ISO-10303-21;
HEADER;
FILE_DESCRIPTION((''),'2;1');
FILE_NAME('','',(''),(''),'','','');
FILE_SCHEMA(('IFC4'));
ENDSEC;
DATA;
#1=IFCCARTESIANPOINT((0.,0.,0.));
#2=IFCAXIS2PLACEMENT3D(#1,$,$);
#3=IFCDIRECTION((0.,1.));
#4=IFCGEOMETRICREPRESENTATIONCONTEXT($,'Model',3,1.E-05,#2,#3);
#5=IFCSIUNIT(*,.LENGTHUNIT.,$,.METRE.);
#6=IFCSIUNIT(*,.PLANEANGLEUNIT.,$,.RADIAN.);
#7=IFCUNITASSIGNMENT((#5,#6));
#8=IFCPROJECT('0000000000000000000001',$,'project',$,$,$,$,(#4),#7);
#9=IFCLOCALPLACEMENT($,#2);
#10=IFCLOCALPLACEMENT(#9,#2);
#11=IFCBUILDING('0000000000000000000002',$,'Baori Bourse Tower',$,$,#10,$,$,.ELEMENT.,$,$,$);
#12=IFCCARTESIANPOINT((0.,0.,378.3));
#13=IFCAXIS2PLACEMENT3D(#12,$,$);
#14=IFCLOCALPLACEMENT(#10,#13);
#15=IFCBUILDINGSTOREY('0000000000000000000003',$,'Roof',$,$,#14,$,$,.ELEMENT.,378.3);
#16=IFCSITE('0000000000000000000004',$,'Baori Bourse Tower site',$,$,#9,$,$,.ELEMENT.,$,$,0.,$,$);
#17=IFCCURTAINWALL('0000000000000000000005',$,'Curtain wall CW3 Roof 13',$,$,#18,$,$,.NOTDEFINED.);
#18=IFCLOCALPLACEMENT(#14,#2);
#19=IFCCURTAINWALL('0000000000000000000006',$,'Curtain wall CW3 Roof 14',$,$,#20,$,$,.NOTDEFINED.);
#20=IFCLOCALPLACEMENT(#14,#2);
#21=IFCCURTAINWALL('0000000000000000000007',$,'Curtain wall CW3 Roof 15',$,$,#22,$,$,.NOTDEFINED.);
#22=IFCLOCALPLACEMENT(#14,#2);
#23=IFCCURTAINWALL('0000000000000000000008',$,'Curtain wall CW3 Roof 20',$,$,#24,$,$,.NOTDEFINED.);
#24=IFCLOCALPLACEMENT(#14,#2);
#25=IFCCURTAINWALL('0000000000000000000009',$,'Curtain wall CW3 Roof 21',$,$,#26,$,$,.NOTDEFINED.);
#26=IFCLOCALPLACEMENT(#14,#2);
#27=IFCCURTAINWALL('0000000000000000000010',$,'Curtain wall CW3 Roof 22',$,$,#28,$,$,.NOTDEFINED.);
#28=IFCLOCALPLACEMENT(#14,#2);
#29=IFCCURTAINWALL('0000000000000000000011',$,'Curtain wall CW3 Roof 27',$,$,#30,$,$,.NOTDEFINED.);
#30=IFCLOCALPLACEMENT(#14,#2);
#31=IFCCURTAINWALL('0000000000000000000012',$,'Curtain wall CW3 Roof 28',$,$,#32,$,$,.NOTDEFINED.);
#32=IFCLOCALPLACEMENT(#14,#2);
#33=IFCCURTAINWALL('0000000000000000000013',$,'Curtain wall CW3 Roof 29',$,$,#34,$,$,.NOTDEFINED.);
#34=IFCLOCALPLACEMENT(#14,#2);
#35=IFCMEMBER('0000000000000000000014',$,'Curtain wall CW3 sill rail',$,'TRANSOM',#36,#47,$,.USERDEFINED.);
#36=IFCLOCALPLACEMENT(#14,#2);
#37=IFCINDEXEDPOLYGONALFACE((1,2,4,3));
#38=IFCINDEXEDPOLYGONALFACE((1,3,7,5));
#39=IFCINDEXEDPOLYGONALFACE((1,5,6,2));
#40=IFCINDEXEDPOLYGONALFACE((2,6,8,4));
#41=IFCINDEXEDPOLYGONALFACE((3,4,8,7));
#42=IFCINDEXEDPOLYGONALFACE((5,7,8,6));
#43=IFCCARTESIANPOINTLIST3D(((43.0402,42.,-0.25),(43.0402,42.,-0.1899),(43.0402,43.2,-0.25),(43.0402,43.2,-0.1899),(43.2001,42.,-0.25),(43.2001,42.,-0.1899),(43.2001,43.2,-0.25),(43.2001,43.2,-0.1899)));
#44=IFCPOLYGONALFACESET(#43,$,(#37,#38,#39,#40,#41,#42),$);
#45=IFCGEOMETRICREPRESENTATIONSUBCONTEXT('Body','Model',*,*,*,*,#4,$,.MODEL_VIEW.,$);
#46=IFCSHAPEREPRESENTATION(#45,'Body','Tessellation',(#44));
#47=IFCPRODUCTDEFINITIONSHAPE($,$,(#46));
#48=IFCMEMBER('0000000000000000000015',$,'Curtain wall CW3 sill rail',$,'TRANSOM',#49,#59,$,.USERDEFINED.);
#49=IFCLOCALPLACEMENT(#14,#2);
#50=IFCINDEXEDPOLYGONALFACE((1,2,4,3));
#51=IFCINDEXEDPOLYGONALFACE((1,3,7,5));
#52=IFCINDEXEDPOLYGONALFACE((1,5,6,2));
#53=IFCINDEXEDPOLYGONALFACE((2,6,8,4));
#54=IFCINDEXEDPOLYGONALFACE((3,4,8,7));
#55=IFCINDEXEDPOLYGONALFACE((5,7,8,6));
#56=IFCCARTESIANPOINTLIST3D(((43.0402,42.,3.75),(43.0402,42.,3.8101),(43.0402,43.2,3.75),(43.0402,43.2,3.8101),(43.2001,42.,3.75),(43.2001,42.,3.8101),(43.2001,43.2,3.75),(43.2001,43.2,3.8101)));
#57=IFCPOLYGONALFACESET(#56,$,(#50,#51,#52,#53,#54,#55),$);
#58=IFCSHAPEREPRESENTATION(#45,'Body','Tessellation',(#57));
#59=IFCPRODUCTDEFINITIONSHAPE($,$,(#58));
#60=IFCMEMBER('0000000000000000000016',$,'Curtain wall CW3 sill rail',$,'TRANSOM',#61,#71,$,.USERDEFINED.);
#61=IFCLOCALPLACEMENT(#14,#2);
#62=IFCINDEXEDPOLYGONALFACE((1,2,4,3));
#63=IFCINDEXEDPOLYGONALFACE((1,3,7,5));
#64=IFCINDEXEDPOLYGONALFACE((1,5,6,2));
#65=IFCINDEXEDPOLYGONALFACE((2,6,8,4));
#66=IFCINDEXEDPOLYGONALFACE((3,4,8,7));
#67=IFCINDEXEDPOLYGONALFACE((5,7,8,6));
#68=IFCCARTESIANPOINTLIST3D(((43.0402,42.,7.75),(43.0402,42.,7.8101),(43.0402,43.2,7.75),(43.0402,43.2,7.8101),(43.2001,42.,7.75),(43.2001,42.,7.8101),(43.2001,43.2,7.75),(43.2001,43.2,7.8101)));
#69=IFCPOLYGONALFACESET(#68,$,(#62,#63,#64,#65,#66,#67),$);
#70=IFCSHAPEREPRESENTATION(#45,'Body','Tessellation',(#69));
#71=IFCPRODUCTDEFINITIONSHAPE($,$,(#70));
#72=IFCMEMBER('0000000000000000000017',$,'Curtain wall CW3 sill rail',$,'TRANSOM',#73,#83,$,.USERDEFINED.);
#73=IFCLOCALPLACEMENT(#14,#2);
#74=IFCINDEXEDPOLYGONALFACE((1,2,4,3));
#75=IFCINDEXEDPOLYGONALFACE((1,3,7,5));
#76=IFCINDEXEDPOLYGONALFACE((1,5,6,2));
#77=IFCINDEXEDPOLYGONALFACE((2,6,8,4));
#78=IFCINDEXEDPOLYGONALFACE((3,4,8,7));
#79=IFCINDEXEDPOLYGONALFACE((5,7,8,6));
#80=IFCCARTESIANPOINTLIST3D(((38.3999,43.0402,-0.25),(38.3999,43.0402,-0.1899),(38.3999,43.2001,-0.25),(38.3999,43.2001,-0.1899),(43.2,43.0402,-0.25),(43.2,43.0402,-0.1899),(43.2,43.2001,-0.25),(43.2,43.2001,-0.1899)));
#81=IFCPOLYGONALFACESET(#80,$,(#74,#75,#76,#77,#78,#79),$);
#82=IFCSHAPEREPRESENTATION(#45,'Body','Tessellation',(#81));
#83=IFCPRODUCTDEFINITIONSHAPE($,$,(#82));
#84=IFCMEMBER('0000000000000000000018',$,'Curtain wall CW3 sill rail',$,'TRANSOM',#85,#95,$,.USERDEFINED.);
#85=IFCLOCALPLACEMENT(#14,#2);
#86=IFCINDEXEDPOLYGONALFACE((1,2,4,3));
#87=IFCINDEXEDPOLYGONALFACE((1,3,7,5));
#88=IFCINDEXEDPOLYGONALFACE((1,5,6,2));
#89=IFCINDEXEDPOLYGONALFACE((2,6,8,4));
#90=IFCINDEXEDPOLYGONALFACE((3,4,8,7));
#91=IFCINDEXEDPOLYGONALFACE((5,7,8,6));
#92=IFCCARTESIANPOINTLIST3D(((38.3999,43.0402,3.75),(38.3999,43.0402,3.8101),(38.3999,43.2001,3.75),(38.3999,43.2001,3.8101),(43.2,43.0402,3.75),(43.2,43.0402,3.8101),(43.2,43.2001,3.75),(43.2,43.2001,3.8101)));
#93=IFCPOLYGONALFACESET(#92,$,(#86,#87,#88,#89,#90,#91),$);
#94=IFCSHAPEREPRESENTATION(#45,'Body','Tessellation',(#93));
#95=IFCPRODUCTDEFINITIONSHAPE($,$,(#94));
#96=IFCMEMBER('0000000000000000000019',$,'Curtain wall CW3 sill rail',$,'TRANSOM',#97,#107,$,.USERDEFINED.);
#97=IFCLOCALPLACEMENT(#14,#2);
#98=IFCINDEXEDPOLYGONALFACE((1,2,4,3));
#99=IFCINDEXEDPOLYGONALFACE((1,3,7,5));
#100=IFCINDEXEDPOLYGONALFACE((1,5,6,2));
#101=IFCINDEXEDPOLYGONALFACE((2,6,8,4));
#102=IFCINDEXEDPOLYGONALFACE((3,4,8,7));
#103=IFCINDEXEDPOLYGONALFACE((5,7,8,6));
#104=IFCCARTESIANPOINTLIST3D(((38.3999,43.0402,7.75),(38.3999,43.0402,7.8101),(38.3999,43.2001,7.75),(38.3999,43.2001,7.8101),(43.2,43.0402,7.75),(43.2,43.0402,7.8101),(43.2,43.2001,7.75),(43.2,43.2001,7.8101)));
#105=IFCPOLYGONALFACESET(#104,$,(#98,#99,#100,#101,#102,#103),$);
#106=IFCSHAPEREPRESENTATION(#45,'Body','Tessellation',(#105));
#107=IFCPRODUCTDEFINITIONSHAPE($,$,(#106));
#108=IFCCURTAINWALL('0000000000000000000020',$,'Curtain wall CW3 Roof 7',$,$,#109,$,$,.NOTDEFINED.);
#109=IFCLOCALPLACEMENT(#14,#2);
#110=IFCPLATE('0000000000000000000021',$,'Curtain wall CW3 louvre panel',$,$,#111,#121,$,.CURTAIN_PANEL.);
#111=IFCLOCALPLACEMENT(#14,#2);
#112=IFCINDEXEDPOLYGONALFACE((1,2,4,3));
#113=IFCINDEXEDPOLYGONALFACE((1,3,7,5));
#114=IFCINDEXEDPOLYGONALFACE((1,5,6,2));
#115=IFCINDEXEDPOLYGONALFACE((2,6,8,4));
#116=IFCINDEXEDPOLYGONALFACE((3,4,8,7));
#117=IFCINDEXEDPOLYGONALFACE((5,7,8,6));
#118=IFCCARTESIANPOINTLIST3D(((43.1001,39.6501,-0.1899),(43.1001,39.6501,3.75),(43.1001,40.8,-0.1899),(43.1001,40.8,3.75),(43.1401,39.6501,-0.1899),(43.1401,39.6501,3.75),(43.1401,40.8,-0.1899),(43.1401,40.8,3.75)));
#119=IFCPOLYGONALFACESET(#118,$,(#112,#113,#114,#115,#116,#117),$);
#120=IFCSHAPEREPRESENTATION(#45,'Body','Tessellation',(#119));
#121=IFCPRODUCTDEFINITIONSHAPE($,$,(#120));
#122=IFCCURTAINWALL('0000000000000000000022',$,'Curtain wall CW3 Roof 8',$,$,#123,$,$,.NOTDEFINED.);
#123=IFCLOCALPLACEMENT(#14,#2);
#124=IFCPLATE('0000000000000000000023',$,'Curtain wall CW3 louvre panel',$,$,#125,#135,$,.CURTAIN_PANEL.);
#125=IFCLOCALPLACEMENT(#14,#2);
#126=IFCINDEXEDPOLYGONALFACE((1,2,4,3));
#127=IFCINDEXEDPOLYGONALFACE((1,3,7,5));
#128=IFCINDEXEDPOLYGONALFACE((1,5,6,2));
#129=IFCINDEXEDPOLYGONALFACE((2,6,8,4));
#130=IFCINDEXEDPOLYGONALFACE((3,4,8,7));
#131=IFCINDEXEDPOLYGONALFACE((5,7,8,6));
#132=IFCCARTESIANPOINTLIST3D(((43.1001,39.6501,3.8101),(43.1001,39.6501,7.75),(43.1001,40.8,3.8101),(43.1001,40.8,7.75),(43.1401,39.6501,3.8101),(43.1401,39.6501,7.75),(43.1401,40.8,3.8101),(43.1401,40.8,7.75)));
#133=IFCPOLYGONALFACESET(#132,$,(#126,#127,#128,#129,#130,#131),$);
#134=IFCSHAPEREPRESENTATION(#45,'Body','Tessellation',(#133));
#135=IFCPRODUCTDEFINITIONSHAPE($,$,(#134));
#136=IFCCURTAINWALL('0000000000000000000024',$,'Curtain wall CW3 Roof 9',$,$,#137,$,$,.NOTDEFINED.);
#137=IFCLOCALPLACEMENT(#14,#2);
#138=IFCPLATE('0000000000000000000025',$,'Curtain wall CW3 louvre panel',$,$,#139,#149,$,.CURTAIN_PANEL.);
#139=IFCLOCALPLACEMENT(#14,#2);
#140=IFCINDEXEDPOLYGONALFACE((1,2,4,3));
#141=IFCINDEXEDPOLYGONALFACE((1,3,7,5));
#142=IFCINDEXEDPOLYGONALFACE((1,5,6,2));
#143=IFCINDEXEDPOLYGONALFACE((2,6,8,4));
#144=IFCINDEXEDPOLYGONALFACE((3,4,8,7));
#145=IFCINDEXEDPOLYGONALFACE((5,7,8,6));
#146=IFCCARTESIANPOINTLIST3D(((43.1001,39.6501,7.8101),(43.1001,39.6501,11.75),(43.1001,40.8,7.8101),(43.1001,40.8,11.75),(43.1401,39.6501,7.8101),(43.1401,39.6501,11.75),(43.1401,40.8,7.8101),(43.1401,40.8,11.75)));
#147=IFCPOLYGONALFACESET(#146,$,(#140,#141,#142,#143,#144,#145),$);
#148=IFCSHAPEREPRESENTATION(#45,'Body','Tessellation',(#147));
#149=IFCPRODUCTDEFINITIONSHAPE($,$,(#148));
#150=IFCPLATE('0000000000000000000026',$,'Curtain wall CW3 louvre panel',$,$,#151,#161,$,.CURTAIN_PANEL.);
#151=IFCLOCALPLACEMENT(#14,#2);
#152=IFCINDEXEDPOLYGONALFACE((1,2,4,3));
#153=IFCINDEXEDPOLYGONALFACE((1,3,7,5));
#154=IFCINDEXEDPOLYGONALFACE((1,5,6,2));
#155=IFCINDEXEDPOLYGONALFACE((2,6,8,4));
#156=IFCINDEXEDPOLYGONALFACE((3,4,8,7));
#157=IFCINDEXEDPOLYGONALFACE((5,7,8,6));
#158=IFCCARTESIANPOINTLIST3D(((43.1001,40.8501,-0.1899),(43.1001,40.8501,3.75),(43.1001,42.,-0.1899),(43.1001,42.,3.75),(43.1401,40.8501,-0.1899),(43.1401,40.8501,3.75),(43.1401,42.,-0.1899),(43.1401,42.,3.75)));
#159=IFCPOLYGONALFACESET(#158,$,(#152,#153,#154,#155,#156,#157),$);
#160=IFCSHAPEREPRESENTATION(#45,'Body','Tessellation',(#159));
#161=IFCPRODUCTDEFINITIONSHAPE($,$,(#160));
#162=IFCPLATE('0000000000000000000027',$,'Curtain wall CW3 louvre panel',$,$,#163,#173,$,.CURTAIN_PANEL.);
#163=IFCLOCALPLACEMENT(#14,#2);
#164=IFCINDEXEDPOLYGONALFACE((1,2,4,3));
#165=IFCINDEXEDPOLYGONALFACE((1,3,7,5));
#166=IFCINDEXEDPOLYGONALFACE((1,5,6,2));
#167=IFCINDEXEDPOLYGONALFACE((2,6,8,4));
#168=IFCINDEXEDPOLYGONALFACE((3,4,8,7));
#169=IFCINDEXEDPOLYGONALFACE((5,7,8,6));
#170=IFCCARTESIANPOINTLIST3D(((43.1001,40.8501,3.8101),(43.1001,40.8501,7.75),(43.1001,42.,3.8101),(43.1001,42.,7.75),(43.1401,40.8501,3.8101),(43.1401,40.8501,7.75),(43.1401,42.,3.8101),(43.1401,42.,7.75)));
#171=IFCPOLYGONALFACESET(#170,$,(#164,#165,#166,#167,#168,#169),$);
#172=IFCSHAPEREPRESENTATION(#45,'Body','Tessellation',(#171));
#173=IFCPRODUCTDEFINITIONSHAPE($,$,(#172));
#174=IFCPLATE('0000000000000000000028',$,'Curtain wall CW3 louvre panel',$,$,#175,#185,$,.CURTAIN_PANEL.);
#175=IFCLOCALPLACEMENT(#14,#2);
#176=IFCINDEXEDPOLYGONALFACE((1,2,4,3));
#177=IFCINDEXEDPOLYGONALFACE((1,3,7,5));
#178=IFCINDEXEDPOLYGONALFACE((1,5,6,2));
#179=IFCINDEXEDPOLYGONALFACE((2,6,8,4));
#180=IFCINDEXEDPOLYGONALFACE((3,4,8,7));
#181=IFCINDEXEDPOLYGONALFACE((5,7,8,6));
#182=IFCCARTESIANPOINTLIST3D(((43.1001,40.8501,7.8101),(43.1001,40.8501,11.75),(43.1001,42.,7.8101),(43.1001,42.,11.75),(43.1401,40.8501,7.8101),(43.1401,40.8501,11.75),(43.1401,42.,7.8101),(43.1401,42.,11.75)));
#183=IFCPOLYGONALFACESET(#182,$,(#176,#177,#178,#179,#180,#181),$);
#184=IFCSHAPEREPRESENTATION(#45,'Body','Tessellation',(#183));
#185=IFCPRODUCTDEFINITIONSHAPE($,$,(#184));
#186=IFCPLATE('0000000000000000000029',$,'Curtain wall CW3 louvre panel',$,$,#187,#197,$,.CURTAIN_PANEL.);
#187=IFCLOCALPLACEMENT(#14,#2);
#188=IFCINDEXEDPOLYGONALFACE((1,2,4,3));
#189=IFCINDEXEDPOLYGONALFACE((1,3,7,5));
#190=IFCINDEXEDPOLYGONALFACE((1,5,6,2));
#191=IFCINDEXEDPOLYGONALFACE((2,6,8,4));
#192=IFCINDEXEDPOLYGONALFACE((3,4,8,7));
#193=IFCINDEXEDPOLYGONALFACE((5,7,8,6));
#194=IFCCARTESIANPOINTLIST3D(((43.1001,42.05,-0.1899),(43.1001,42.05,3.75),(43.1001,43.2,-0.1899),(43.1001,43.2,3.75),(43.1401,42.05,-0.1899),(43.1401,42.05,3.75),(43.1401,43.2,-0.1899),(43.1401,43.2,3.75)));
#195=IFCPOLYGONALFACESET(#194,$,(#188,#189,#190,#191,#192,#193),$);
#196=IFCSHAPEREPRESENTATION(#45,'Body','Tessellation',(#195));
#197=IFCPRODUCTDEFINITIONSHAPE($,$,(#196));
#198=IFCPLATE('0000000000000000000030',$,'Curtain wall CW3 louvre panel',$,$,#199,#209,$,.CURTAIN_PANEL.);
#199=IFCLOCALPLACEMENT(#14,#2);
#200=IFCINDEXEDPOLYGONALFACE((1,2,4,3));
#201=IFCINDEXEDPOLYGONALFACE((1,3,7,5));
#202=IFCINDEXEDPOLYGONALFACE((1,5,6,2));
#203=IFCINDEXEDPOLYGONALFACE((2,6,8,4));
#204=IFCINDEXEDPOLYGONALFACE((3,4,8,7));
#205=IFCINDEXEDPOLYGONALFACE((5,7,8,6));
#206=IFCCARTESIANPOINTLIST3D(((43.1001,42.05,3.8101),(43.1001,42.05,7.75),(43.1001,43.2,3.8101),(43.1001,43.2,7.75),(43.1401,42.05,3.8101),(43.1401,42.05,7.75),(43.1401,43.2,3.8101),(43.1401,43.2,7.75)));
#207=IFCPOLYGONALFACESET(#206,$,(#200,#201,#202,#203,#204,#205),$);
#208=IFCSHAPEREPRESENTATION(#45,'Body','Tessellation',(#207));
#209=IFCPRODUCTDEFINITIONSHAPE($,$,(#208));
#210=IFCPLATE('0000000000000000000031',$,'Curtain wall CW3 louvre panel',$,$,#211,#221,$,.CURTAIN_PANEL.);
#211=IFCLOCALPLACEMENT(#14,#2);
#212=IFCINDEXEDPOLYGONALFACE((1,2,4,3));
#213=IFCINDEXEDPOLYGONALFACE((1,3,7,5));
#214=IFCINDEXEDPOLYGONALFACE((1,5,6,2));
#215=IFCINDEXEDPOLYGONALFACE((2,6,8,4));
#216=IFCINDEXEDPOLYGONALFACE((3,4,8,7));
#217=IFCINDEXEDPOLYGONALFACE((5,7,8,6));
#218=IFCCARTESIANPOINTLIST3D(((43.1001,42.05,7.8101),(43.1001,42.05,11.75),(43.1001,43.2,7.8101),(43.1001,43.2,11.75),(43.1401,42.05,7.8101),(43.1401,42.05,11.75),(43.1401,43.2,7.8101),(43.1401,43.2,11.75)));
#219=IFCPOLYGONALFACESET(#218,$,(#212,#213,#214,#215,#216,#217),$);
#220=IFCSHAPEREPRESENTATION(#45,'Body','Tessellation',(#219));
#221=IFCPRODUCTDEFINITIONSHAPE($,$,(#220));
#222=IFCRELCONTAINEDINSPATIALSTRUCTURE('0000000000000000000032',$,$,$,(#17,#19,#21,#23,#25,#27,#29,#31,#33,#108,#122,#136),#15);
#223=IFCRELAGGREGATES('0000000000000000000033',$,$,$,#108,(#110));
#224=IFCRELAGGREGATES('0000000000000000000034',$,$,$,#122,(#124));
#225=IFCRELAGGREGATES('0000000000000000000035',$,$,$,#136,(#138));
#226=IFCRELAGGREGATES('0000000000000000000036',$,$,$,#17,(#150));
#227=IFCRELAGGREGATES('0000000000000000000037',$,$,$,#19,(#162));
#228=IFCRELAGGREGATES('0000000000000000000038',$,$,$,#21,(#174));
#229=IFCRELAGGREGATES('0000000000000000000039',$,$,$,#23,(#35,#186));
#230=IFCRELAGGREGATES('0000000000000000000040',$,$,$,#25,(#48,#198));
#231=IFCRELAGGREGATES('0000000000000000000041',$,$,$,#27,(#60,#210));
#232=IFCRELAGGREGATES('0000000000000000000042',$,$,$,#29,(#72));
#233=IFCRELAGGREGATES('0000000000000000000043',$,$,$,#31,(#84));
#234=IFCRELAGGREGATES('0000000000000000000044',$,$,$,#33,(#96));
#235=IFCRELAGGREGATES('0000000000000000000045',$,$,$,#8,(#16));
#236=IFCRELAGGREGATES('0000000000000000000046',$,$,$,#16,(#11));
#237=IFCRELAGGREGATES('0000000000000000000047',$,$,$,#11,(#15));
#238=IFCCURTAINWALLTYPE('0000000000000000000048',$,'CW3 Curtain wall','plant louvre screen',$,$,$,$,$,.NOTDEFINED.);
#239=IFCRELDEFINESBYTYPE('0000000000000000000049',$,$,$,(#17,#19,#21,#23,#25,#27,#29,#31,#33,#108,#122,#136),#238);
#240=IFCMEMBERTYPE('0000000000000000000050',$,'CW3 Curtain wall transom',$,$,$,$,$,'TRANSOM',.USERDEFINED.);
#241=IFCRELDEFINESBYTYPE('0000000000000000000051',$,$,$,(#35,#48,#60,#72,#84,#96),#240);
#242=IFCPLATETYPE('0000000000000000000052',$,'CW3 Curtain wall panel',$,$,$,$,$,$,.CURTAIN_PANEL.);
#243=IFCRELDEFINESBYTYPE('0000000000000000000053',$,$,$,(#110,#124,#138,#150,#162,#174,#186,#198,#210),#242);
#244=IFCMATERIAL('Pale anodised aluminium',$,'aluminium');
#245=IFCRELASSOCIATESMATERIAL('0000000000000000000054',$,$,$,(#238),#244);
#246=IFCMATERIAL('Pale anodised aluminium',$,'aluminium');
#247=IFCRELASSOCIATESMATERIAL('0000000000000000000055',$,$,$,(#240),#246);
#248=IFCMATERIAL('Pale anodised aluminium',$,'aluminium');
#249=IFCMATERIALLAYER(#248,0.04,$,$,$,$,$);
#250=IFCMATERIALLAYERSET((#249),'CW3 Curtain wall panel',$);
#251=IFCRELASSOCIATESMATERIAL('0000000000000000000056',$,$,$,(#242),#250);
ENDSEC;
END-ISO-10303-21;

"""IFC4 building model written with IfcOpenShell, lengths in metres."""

from ifc_helpers import new_model, si_unit, direction, frame, origin, origin_2d, place, context, subcontext, project, spatial, rectangle, extrude, material, layer, layer_set, material_profile, profile_set, type_object, element, aggregate, save


model = new_model("IFC4")

# Units and contexts
model_context = context("Model", 3, precision=1e-05, world=origin(), true_north=direction((0.0, 1.0)))
body_context = subcontext(model_context, "Body", "Model", "MODEL_VIEW")
ifc_project = project(units=[si_unit("LENGTHUNIT", "METRE"), si_unit("PLANEANGLEUNIT", "RADIAN")], contexts=[model_context])

# Site, building, storey
site_placement = place(None, origin())
site = spatial("IfcSite", under=ifc_project, at=site_placement, Name="Baori Bourse Tower site", CompositionType="ELEMENT", RefElevation=0.0)
building_placement = place(site_placement, origin())
building = spatial("IfcBuilding", under=site, at=building_placement, Name="Baori Bourse Tower", CompositionType="ELEMENT")
storey_placement = place(building_placement, frame((0.0, 0.0, 378.3)))
storey = spatial("IfcBuildingStorey", under=building, at=storey_placement, Name="Roof", CompositionType="ELEMENT", Elevation=378.3)

# Curtain walls
ifc_material_1 = material(Name="Pale anodised aluminium", Category="aluminium")
curtain_wall_type = type_object("IfcCurtainWallType", Name="CW3 Curtain wall", Description="plant louvre screen", PredefinedType="NOTDEFINED", material=ifc_material_1)
curtain_wall_1_placement = place(storey_placement, origin())
curtain_wall_1 = element("IfcCurtainWall", 1, at=curtain_wall_1_placement, inside=storey, type_object=curtain_wall_type, Name="Curtain wall CW3 Roof 13", PredefinedType="NOTDEFINED")
curtain_wall_2_placement = place(storey_placement, origin())
curtain_wall_2 = element("IfcCurtainWall", 2, at=curtain_wall_2_placement, inside=storey, type_object=curtain_wall_type, Name="Curtain wall CW3 Roof 14", PredefinedType="NOTDEFINED")
curtain_wall_3_placement = place(storey_placement, origin())
curtain_wall_3 = element("IfcCurtainWall", 3, at=curtain_wall_3_placement, inside=storey, type_object=curtain_wall_type, Name="Curtain wall CW3 Roof 15", PredefinedType="NOTDEFINED")
curtain_wall_4_placement = place(storey_placement, origin())
curtain_wall_4 = element("IfcCurtainWall", 4, at=curtain_wall_4_placement, inside=storey, type_object=curtain_wall_type, Name="Curtain wall CW3 Roof 20", PredefinedType="NOTDEFINED")
curtain_wall_5_placement = place(storey_placement, origin())
curtain_wall_5 = element("IfcCurtainWall", 5, at=curtain_wall_5_placement, inside=storey, type_object=curtain_wall_type, Name="Curtain wall CW3 Roof 21", PredefinedType="NOTDEFINED")
curtain_wall_6_placement = place(storey_placement, origin())
curtain_wall_6 = element("IfcCurtainWall", 6, at=curtain_wall_6_placement, inside=storey, type_object=curtain_wall_type, Name="Curtain wall CW3 Roof 22", PredefinedType="NOTDEFINED")
curtain_wall_7_placement = place(storey_placement, origin())
curtain_wall_7 = element("IfcCurtainWall", 7, at=curtain_wall_7_placement, inside=storey, type_object=curtain_wall_type, Name="Curtain wall CW3 Roof 27", PredefinedType="NOTDEFINED")
curtain_wall_8_placement = place(storey_placement, origin())
curtain_wall_8 = element("IfcCurtainWall", 8, at=curtain_wall_8_placement, inside=storey, type_object=curtain_wall_type, Name="Curtain wall CW3 Roof 28", PredefinedType="NOTDEFINED")
curtain_wall_9_placement = place(storey_placement, origin())
curtain_wall_9 = element("IfcCurtainWall", 9, at=curtain_wall_9_placement, inside=storey, type_object=curtain_wall_type, Name="Curtain wall CW3 Roof 29", PredefinedType="NOTDEFINED")

# Members
ifc_material_2 = material(Name="Pale anodised aluminium", Category="aluminium")
ifc_material_profile_1 = material_profile(ifc_material_2, rectangle(XDim=0.1599, YDim=0.0601, at=origin_2d()), Name="Transom 60x160")
ifc_profile_set_1 = profile_set([ifc_material_profile_1], Name="Pale anodised aluminium")
member_type_1 = type_object("IfcMemberType", Name="CW3 Curtain wall transom", ElementType="TRANSOM", PredefinedType="USERDEFINED", material=ifc_profile_set_1)
member_1_placement = place(storey_placement, frame((43.1201, 42.0, -0.22), z_axis=(0.0, 1.0, 0.0), x_axis=(-1.0, 0.0, 0.0)))
member_1 = element("IfcMember", 10, at=member_1_placement, type_object=member_type_1, Name="Curtain wall CW3 sill rail", ObjectType="TRANSOM", PredefinedType="USERDEFINED", context=body_context, shape_type="SweptSolid", body=[
    extrude(rectangle(XDim=0.1599, YDim=0.0601, at=origin_2d()), origin(), (0.0, 0.0, 1.0), 1.2),
])
member_2_placement = place(storey_placement, frame((43.1201, 42.0, 3.78), z_axis=(0.0, 1.0, 0.0), x_axis=(-1.0, 0.0, 0.0)))
member_2 = element("IfcMember", 11, at=member_2_placement, type_object=member_type_1, Name="Curtain wall CW3 sill rail", ObjectType="TRANSOM", PredefinedType="USERDEFINED", context=body_context, shape_type="SweptSolid", body=[
    extrude(rectangle(XDim=0.1599, YDim=0.0601, at=origin_2d()), origin(), (0.0, 0.0, 1.0), 1.2),
])
member_3_placement = place(storey_placement, frame((43.1201, 42.0, 7.78), z_axis=(0.0, 1.0, 0.0), x_axis=(-1.0, 0.0, 0.0)))
member_3 = element("IfcMember", 12, at=member_3_placement, type_object=member_type_1, Name="Curtain wall CW3 sill rail", ObjectType="TRANSOM", PredefinedType="USERDEFINED", context=body_context, shape_type="SweptSolid", body=[
    extrude(rectangle(XDim=0.1599, YDim=0.0601, at=origin_2d()), origin(), (0.0, 0.0, 1.0), 1.2),
])
member_4_placement = place(storey_placement, frame((43.2, 43.1201, -0.22), z_axis=(-1.0, 0.0, 0.0), x_axis=(0.0, -1.0, 0.0)))
member_4 = element("IfcMember", 13, at=member_4_placement, type_object=member_type_1, Name="Curtain wall CW3 sill rail", ObjectType="TRANSOM", PredefinedType="USERDEFINED", context=body_context, shape_type="SweptSolid", body=[
    extrude(rectangle(XDim=0.1599, YDim=0.0601, at=origin_2d()), origin(), (0.0, 0.0, 1.0), 4.8),
])
member_5_placement = place(storey_placement, frame((43.2, 43.1201, 3.78), z_axis=(-1.0, 0.0, 0.0), x_axis=(0.0, -1.0, 0.0)))
member_5 = element("IfcMember", 14, at=member_5_placement, type_object=member_type_1, Name="Curtain wall CW3 sill rail", ObjectType="TRANSOM", PredefinedType="USERDEFINED", context=body_context, shape_type="SweptSolid", body=[
    extrude(rectangle(XDim=0.1599, YDim=0.0601, at=origin_2d()), origin(), (0.0, 0.0, 1.0), 4.8),
])
member_6_placement = place(storey_placement, frame((43.2, 43.1201, 7.78), z_axis=(-1.0, 0.0, 0.0), x_axis=(0.0, -1.0, 0.0)))
member_6 = element("IfcMember", 15, at=member_6_placement, type_object=member_type_1, Name="Curtain wall CW3 sill rail", ObjectType="TRANSOM", PredefinedType="USERDEFINED", context=body_context, shape_type="SweptSolid", body=[
    extrude(rectangle(XDim=0.1599, YDim=0.0601, at=origin_2d()), origin(), (0.0, 0.0, 1.0), 4.8),
])

# Curtain walls, plates
curtain_wall_10_placement = place(storey_placement, origin())
curtain_wall_10 = element("IfcCurtainWall", 16, at=curtain_wall_10_placement, inside=storey, type_object=curtain_wall_type, Name="Curtain wall CW3 Roof 7", PredefinedType="NOTDEFINED")
ifc_material_3 = material(Name="Pale anodised aluminium", Category="aluminium")
ifc_layer = layer(ifc_material_3, 0.04)
ifc_layer_set = layer_set([ifc_layer], Name="CW3 Curtain wall panel")
plate_type = type_object("IfcPlateType", Name="CW3 Curtain wall panel", PredefinedType="CURTAIN_PANEL", material=ifc_layer_set)
plate_1_placement = place(storey_placement, frame((43.1201, 40.2251, -0.1899), z_axis=(0.0, 0.0, 1.0), x_axis=(0.0, 1.0, 0.0)))
plate_1 = element("IfcPlate", 17, at=plate_1_placement, type_object=plate_type, Name="Curtain wall CW3 louvre panel", PredefinedType="CURTAIN_PANEL", context=body_context, shape_type="SweptSolid", body=[
    extrude(rectangle(XDim=1.1499, YDim=0.04, at=origin_2d()), origin(), (0.0, 0.0, 1.0), 3.9399),
])
aggregate(curtain_wall_10, [plate_1])
curtain_wall_11_placement = place(storey_placement, origin())
curtain_wall_11 = element("IfcCurtainWall", 18, at=curtain_wall_11_placement, inside=storey, type_object=curtain_wall_type, Name="Curtain wall CW3 Roof 8", PredefinedType="NOTDEFINED")
plate_2_placement = place(storey_placement, frame((43.1201, 40.2251, 3.8101), z_axis=(0.0, 0.0, 1.0), x_axis=(0.0, 1.0, 0.0)))
plate_2 = element("IfcPlate", 19, at=plate_2_placement, type_object=plate_type, Name="Curtain wall CW3 louvre panel", PredefinedType="CURTAIN_PANEL", context=body_context, shape_type="SweptSolid", body=[
    extrude(rectangle(XDim=1.1499, YDim=0.04, at=origin_2d()), origin(), (0.0, 0.0, 1.0), 3.9399),
])
aggregate(curtain_wall_11, [plate_2])
curtain_wall_12_placement = place(storey_placement, origin())
curtain_wall_12 = element("IfcCurtainWall", 20, at=curtain_wall_12_placement, inside=storey, type_object=curtain_wall_type, Name="Curtain wall CW3 Roof 9", PredefinedType="NOTDEFINED")
plate_3_placement = place(storey_placement, frame((43.1201, 40.2251, 7.8101), z_axis=(0.0, 0.0, 1.0), x_axis=(0.0, 1.0, 0.0)))
plate_3 = element("IfcPlate", 21, at=plate_3_placement, type_object=plate_type, Name="Curtain wall CW3 louvre panel", PredefinedType="CURTAIN_PANEL", context=body_context, shape_type="SweptSolid", body=[
    extrude(rectangle(XDim=1.1499, YDim=0.04, at=origin_2d()), origin(), (0.0, 0.0, 1.0), 3.9399),
])
aggregate(curtain_wall_12, [plate_3])

# Plates
plate_4_placement = place(storey_placement, frame((43.1201, 41.425, -0.1899), z_axis=(0.0, 0.0, 1.0), x_axis=(0.0, 1.0, 0.0)))
plate_4 = element("IfcPlate", 22, at=plate_4_placement, type_object=plate_type, Name="Curtain wall CW3 louvre panel", PredefinedType="CURTAIN_PANEL", context=body_context, shape_type="SweptSolid", body=[
    extrude(rectangle(XDim=1.1499, YDim=0.04, at=origin_2d()), origin(), (0.0, 0.0, 1.0), 3.9399),
])
aggregate(curtain_wall_1, [plate_4])
plate_5_placement = place(storey_placement, frame((43.1201, 41.425, 3.8101), z_axis=(0.0, 0.0, 1.0), x_axis=(0.0, 1.0, 0.0)))
plate_5 = element("IfcPlate", 23, at=plate_5_placement, type_object=plate_type, Name="Curtain wall CW3 louvre panel", PredefinedType="CURTAIN_PANEL", context=body_context, shape_type="SweptSolid", body=[
    extrude(rectangle(XDim=1.1499, YDim=0.04, at=origin_2d()), origin(), (0.0, 0.0, 1.0), 3.9399),
])
aggregate(curtain_wall_2, [plate_5])
plate_6_placement = place(storey_placement, frame((43.1201, 41.425, 7.8101), z_axis=(0.0, 0.0, 1.0), x_axis=(0.0, 1.0, 0.0)))
plate_6 = element("IfcPlate", 24, at=plate_6_placement, type_object=plate_type, Name="Curtain wall CW3 louvre panel", PredefinedType="CURTAIN_PANEL", context=body_context, shape_type="SweptSolid", body=[
    extrude(rectangle(XDim=1.1499, YDim=0.04, at=origin_2d()), origin(), (0.0, 0.0, 1.0), 3.9399),
])
aggregate(curtain_wall_3, [plate_6])
plate_7_placement = place(storey_placement, frame((43.1201, 42.625, -0.1899), z_axis=(0.0, 0.0, 1.0), x_axis=(0.0, 1.0, 0.0)))
plate_7 = element("IfcPlate", 25, at=plate_7_placement, type_object=plate_type, Name="Curtain wall CW3 louvre panel", PredefinedType="CURTAIN_PANEL", context=body_context, shape_type="SweptSolid", body=[
    extrude(rectangle(XDim=1.1499, YDim=0.04, at=origin_2d()), origin(), (0.0, 0.0, 1.0), 3.9399),
])
aggregate(curtain_wall_4, [member_1, plate_7])
plate_8_placement = place(storey_placement, frame((43.1201, 42.625, 3.8101), z_axis=(0.0, 0.0, 1.0), x_axis=(0.0, 1.0, 0.0)))
plate_8 = element("IfcPlate", 26, at=plate_8_placement, type_object=plate_type, Name="Curtain wall CW3 louvre panel", PredefinedType="CURTAIN_PANEL", context=body_context, shape_type="SweptSolid", body=[
    extrude(rectangle(XDim=1.1499, YDim=0.04, at=origin_2d()), origin(), (0.0, 0.0, 1.0), 3.9399),
])
aggregate(curtain_wall_5, [member_2, plate_8])
plate_9_placement = place(storey_placement, frame((43.1201, 42.625, 7.8101), z_axis=(0.0, 0.0, 1.0), x_axis=(0.0, 1.0, 0.0)))
plate_9 = element("IfcPlate", 27, at=plate_9_placement, type_object=plate_type, Name="Curtain wall CW3 louvre panel", PredefinedType="CURTAIN_PANEL", context=body_context, shape_type="SweptSolid", body=[
    extrude(rectangle(XDim=1.1499, YDim=0.04, at=origin_2d()), origin(), (0.0, 0.0, 1.0), 3.9399),
])
aggregate(curtain_wall_6, [member_3, plate_9])
aggregate(curtain_wall_7, [member_4])
aggregate(curtain_wall_8, [member_5])
aggregate(curtain_wall_9, [member_6])

save(model, "model.ifc")
